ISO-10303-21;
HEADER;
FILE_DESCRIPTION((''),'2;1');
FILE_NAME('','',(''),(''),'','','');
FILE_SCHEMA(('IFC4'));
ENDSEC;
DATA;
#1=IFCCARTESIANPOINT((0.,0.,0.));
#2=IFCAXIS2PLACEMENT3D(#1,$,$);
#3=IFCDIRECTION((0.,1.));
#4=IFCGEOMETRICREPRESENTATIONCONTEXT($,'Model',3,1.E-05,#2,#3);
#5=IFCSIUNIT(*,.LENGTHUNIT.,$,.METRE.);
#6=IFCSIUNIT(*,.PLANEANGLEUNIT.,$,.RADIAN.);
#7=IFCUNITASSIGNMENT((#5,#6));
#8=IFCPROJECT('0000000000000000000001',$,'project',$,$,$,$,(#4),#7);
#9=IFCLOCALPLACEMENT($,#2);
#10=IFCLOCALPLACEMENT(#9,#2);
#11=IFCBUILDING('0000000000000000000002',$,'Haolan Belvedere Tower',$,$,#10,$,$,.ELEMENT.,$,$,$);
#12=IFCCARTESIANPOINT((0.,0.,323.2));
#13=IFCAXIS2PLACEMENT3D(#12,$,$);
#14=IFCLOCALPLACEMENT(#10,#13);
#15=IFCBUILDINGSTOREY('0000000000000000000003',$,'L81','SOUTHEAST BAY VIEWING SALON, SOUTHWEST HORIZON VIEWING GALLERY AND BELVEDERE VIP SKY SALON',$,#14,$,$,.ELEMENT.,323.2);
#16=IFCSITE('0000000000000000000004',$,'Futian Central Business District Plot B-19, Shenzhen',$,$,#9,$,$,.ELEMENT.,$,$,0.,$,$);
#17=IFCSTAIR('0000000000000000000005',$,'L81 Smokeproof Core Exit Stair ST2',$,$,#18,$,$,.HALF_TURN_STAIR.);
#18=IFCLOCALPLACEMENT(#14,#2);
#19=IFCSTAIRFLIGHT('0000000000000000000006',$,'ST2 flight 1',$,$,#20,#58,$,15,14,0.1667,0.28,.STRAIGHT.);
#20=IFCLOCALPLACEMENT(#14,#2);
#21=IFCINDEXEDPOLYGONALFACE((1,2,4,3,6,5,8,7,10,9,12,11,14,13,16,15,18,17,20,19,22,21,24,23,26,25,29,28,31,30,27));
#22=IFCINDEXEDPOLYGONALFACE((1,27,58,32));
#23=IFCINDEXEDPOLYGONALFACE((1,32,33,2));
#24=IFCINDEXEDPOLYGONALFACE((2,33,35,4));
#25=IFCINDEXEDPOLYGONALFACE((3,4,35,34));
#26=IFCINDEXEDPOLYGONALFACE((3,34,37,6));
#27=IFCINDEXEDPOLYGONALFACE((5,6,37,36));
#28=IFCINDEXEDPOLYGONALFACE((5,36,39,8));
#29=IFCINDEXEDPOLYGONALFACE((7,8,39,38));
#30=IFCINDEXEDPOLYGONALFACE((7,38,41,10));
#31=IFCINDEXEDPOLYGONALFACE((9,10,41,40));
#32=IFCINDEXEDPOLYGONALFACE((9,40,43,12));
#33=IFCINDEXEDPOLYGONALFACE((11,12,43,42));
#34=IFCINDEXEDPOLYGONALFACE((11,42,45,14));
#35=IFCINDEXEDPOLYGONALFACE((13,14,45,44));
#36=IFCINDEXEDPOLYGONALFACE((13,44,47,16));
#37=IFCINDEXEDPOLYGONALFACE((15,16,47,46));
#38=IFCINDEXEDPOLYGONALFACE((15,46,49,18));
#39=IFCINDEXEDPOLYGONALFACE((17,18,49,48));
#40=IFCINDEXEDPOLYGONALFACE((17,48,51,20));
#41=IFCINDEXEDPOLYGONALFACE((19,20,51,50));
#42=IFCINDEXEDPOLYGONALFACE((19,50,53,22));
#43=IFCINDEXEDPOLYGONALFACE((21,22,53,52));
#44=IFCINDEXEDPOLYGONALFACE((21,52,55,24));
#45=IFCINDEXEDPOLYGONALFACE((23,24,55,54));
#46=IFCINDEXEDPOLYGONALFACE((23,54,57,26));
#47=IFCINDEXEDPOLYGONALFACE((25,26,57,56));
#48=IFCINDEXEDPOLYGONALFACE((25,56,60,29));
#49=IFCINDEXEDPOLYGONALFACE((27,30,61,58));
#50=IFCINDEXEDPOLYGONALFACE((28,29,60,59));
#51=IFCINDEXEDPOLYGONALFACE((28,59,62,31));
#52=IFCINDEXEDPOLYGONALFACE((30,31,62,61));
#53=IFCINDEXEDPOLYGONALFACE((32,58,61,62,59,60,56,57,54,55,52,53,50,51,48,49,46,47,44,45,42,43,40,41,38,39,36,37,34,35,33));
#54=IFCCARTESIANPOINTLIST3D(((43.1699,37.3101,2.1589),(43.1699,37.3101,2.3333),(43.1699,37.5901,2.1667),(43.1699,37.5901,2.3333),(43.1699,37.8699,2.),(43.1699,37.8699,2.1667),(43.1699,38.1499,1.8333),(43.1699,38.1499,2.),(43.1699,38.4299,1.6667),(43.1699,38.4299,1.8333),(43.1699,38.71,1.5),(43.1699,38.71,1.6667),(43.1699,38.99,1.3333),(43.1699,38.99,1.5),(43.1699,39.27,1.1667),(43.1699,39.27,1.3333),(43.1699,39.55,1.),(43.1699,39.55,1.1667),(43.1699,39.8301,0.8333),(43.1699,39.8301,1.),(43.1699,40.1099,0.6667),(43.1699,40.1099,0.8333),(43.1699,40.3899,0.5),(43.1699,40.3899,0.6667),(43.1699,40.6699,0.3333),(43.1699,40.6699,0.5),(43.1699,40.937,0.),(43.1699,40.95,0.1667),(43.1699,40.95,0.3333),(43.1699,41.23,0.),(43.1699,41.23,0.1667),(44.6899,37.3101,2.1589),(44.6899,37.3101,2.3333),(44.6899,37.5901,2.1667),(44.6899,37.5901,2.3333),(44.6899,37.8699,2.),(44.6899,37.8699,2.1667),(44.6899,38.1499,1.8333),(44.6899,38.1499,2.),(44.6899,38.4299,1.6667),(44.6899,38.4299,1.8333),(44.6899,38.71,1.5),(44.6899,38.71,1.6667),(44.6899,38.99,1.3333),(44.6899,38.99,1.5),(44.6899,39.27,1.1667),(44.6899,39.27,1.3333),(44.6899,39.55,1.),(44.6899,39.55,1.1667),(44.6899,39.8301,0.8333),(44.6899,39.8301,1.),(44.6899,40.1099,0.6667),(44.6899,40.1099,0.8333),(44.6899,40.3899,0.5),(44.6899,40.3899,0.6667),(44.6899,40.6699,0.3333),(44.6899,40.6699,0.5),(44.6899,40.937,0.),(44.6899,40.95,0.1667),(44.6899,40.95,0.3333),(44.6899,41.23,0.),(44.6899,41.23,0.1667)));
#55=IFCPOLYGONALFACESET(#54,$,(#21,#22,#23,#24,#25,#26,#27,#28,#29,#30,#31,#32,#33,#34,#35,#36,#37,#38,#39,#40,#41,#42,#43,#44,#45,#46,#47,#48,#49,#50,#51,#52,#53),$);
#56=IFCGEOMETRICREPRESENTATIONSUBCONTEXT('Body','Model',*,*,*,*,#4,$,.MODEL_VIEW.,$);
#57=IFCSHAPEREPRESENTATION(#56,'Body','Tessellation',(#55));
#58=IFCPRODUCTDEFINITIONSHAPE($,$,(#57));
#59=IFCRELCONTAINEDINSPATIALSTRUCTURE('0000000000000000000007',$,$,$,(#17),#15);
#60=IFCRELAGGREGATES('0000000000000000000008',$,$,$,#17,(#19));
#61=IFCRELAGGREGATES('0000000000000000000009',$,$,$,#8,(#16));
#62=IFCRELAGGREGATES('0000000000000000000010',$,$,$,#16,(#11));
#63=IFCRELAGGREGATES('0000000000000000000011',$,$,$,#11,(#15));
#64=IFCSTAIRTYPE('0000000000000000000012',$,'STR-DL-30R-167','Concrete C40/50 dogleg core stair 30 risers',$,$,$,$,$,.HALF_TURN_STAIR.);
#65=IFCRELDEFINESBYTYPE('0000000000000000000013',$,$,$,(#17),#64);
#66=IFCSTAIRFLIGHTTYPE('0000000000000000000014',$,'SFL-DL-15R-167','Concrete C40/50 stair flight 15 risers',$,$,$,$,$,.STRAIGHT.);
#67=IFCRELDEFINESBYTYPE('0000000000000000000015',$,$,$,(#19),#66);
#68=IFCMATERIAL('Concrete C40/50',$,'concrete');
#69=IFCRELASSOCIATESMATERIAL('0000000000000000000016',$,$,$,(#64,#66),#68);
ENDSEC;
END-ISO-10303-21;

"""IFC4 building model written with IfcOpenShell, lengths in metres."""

from ifc_helpers import new_model, si_unit, direction, frame, origin, place, context, subcontext, project, spatial, polyline, outline, extrude, material, type_object, element, aggregate, save


model = new_model("IFC4")

# Units and contexts
model_context = context("Model", 3, precision=1e-05, world=origin(), true_north=direction((0.0, 1.0)))
body_context = subcontext(model_context, "Body", "Model", "MODEL_VIEW")
ifc_project = project(units=[si_unit("LENGTHUNIT", "METRE"), si_unit("PLANEANGLEUNIT", "RADIAN")], contexts=[model_context])

# Site, building, storey
site_placement = place(None, origin())
site = spatial("IfcSite", under=ifc_project, at=site_placement, Name="Futian Central Business District Plot B-19, Shenzhen", CompositionType="ELEMENT", RefElevation=0.0)
building_placement = place(site_placement, origin())
building = spatial("IfcBuilding", under=site, at=building_placement, Name="Haolan Belvedere Tower", CompositionType="ELEMENT")
storey_placement = place(building_placement, frame((0.0, 0.0, 323.2)))
storey = spatial("IfcBuildingStorey", under=building, at=storey_placement, Name="L81", Description="SOUTHEAST BAY VIEWING SALON, SOUTHWEST HORIZON VIEWING GALLERY AND BELVEDERE VIP SKY SALON", CompositionType="ELEMENT", Elevation=323.2)

# Shared definitions
ifc_material_1 = material(Name="Concrete C40/50", Category="concrete")

# Stair, stair flight
stair_type = type_object("IfcStairType", Name="STR-DL-30R-167", Description="Concrete C40/50 dogleg core stair 30 risers", PredefinedType="HALF_TURN_STAIR", material=ifc_material_1)
stair_placement = place(storey_placement, origin())
stair = element("IfcStair", 1, at=stair_placement, inside=storey, type_object=stair_type, Name="L81 Smokeproof Core Exit Stair ST2", PredefinedType="HALF_TURN_STAIR")
stair_flight_type = type_object("IfcStairFlightType", Name="SFL-DL-15R-167", Description="Concrete C40/50 stair flight 15 risers", PredefinedType="STRAIGHT", material=ifc_material_1)
stair_flight_placement = place(storey_placement, frame((43.9299, 41.23, 0.0), z_axis=(0.0, 0.0, 1.0), x_axis=(0.0, -1.0, 0.0)))
stair_flight = element("IfcStairFlight", 2, at=stair_flight_placement, type_object=stair_flight_type, Name="ST2 flight 1", NumberOfRisers=15, NumberOfTreads=14, PredefinedType="STRAIGHT", RiserHeight=0.1667, TreadLength=0.28, context=body_context, shape_type="SweptSolid", body=[
    extrude(outline(polyline([(0.0, 0.0), (0.0, 0.1667), (0.28, 0.1667), (0.28, 0.3333), (0.5601, 0.3333), (0.5601, 0.5), (0.8401, 0.5), (0.8401, 0.6667), (1.1201, 0.6667), (1.1201, 0.8333), (1.3999, 0.8333), (1.3999, 1.0), (1.6799, 1.0), (1.6799, 1.1667), (1.96, 1.1667), (1.96, 1.3333), (2.24, 1.3333), (2.24, 1.5), (2.52, 1.5), (2.52, 1.6667), (2.8, 1.6667), (2.8, 1.8333), (3.0801, 1.8333), (3.0801, 2.0), (3.3601, 2.0), (3.3601, 2.1667), (3.6399, 2.1667), (3.6399, 2.3333), (3.9199, 2.3333), (3.9199, 2.5), (3.9199, 2.1589), (0.293, 0.0), (0.0, 0.0)])), frame((0.0, 0.76, 0.0), z_axis=(0.0, -1.0, 0.0), x_axis=(1.0, 0.0, 0.0)), (0.0, 0.0, 1.0), 1.52),
])
aggregate(stair, [stair_flight])

save(model, "model.ifc")
